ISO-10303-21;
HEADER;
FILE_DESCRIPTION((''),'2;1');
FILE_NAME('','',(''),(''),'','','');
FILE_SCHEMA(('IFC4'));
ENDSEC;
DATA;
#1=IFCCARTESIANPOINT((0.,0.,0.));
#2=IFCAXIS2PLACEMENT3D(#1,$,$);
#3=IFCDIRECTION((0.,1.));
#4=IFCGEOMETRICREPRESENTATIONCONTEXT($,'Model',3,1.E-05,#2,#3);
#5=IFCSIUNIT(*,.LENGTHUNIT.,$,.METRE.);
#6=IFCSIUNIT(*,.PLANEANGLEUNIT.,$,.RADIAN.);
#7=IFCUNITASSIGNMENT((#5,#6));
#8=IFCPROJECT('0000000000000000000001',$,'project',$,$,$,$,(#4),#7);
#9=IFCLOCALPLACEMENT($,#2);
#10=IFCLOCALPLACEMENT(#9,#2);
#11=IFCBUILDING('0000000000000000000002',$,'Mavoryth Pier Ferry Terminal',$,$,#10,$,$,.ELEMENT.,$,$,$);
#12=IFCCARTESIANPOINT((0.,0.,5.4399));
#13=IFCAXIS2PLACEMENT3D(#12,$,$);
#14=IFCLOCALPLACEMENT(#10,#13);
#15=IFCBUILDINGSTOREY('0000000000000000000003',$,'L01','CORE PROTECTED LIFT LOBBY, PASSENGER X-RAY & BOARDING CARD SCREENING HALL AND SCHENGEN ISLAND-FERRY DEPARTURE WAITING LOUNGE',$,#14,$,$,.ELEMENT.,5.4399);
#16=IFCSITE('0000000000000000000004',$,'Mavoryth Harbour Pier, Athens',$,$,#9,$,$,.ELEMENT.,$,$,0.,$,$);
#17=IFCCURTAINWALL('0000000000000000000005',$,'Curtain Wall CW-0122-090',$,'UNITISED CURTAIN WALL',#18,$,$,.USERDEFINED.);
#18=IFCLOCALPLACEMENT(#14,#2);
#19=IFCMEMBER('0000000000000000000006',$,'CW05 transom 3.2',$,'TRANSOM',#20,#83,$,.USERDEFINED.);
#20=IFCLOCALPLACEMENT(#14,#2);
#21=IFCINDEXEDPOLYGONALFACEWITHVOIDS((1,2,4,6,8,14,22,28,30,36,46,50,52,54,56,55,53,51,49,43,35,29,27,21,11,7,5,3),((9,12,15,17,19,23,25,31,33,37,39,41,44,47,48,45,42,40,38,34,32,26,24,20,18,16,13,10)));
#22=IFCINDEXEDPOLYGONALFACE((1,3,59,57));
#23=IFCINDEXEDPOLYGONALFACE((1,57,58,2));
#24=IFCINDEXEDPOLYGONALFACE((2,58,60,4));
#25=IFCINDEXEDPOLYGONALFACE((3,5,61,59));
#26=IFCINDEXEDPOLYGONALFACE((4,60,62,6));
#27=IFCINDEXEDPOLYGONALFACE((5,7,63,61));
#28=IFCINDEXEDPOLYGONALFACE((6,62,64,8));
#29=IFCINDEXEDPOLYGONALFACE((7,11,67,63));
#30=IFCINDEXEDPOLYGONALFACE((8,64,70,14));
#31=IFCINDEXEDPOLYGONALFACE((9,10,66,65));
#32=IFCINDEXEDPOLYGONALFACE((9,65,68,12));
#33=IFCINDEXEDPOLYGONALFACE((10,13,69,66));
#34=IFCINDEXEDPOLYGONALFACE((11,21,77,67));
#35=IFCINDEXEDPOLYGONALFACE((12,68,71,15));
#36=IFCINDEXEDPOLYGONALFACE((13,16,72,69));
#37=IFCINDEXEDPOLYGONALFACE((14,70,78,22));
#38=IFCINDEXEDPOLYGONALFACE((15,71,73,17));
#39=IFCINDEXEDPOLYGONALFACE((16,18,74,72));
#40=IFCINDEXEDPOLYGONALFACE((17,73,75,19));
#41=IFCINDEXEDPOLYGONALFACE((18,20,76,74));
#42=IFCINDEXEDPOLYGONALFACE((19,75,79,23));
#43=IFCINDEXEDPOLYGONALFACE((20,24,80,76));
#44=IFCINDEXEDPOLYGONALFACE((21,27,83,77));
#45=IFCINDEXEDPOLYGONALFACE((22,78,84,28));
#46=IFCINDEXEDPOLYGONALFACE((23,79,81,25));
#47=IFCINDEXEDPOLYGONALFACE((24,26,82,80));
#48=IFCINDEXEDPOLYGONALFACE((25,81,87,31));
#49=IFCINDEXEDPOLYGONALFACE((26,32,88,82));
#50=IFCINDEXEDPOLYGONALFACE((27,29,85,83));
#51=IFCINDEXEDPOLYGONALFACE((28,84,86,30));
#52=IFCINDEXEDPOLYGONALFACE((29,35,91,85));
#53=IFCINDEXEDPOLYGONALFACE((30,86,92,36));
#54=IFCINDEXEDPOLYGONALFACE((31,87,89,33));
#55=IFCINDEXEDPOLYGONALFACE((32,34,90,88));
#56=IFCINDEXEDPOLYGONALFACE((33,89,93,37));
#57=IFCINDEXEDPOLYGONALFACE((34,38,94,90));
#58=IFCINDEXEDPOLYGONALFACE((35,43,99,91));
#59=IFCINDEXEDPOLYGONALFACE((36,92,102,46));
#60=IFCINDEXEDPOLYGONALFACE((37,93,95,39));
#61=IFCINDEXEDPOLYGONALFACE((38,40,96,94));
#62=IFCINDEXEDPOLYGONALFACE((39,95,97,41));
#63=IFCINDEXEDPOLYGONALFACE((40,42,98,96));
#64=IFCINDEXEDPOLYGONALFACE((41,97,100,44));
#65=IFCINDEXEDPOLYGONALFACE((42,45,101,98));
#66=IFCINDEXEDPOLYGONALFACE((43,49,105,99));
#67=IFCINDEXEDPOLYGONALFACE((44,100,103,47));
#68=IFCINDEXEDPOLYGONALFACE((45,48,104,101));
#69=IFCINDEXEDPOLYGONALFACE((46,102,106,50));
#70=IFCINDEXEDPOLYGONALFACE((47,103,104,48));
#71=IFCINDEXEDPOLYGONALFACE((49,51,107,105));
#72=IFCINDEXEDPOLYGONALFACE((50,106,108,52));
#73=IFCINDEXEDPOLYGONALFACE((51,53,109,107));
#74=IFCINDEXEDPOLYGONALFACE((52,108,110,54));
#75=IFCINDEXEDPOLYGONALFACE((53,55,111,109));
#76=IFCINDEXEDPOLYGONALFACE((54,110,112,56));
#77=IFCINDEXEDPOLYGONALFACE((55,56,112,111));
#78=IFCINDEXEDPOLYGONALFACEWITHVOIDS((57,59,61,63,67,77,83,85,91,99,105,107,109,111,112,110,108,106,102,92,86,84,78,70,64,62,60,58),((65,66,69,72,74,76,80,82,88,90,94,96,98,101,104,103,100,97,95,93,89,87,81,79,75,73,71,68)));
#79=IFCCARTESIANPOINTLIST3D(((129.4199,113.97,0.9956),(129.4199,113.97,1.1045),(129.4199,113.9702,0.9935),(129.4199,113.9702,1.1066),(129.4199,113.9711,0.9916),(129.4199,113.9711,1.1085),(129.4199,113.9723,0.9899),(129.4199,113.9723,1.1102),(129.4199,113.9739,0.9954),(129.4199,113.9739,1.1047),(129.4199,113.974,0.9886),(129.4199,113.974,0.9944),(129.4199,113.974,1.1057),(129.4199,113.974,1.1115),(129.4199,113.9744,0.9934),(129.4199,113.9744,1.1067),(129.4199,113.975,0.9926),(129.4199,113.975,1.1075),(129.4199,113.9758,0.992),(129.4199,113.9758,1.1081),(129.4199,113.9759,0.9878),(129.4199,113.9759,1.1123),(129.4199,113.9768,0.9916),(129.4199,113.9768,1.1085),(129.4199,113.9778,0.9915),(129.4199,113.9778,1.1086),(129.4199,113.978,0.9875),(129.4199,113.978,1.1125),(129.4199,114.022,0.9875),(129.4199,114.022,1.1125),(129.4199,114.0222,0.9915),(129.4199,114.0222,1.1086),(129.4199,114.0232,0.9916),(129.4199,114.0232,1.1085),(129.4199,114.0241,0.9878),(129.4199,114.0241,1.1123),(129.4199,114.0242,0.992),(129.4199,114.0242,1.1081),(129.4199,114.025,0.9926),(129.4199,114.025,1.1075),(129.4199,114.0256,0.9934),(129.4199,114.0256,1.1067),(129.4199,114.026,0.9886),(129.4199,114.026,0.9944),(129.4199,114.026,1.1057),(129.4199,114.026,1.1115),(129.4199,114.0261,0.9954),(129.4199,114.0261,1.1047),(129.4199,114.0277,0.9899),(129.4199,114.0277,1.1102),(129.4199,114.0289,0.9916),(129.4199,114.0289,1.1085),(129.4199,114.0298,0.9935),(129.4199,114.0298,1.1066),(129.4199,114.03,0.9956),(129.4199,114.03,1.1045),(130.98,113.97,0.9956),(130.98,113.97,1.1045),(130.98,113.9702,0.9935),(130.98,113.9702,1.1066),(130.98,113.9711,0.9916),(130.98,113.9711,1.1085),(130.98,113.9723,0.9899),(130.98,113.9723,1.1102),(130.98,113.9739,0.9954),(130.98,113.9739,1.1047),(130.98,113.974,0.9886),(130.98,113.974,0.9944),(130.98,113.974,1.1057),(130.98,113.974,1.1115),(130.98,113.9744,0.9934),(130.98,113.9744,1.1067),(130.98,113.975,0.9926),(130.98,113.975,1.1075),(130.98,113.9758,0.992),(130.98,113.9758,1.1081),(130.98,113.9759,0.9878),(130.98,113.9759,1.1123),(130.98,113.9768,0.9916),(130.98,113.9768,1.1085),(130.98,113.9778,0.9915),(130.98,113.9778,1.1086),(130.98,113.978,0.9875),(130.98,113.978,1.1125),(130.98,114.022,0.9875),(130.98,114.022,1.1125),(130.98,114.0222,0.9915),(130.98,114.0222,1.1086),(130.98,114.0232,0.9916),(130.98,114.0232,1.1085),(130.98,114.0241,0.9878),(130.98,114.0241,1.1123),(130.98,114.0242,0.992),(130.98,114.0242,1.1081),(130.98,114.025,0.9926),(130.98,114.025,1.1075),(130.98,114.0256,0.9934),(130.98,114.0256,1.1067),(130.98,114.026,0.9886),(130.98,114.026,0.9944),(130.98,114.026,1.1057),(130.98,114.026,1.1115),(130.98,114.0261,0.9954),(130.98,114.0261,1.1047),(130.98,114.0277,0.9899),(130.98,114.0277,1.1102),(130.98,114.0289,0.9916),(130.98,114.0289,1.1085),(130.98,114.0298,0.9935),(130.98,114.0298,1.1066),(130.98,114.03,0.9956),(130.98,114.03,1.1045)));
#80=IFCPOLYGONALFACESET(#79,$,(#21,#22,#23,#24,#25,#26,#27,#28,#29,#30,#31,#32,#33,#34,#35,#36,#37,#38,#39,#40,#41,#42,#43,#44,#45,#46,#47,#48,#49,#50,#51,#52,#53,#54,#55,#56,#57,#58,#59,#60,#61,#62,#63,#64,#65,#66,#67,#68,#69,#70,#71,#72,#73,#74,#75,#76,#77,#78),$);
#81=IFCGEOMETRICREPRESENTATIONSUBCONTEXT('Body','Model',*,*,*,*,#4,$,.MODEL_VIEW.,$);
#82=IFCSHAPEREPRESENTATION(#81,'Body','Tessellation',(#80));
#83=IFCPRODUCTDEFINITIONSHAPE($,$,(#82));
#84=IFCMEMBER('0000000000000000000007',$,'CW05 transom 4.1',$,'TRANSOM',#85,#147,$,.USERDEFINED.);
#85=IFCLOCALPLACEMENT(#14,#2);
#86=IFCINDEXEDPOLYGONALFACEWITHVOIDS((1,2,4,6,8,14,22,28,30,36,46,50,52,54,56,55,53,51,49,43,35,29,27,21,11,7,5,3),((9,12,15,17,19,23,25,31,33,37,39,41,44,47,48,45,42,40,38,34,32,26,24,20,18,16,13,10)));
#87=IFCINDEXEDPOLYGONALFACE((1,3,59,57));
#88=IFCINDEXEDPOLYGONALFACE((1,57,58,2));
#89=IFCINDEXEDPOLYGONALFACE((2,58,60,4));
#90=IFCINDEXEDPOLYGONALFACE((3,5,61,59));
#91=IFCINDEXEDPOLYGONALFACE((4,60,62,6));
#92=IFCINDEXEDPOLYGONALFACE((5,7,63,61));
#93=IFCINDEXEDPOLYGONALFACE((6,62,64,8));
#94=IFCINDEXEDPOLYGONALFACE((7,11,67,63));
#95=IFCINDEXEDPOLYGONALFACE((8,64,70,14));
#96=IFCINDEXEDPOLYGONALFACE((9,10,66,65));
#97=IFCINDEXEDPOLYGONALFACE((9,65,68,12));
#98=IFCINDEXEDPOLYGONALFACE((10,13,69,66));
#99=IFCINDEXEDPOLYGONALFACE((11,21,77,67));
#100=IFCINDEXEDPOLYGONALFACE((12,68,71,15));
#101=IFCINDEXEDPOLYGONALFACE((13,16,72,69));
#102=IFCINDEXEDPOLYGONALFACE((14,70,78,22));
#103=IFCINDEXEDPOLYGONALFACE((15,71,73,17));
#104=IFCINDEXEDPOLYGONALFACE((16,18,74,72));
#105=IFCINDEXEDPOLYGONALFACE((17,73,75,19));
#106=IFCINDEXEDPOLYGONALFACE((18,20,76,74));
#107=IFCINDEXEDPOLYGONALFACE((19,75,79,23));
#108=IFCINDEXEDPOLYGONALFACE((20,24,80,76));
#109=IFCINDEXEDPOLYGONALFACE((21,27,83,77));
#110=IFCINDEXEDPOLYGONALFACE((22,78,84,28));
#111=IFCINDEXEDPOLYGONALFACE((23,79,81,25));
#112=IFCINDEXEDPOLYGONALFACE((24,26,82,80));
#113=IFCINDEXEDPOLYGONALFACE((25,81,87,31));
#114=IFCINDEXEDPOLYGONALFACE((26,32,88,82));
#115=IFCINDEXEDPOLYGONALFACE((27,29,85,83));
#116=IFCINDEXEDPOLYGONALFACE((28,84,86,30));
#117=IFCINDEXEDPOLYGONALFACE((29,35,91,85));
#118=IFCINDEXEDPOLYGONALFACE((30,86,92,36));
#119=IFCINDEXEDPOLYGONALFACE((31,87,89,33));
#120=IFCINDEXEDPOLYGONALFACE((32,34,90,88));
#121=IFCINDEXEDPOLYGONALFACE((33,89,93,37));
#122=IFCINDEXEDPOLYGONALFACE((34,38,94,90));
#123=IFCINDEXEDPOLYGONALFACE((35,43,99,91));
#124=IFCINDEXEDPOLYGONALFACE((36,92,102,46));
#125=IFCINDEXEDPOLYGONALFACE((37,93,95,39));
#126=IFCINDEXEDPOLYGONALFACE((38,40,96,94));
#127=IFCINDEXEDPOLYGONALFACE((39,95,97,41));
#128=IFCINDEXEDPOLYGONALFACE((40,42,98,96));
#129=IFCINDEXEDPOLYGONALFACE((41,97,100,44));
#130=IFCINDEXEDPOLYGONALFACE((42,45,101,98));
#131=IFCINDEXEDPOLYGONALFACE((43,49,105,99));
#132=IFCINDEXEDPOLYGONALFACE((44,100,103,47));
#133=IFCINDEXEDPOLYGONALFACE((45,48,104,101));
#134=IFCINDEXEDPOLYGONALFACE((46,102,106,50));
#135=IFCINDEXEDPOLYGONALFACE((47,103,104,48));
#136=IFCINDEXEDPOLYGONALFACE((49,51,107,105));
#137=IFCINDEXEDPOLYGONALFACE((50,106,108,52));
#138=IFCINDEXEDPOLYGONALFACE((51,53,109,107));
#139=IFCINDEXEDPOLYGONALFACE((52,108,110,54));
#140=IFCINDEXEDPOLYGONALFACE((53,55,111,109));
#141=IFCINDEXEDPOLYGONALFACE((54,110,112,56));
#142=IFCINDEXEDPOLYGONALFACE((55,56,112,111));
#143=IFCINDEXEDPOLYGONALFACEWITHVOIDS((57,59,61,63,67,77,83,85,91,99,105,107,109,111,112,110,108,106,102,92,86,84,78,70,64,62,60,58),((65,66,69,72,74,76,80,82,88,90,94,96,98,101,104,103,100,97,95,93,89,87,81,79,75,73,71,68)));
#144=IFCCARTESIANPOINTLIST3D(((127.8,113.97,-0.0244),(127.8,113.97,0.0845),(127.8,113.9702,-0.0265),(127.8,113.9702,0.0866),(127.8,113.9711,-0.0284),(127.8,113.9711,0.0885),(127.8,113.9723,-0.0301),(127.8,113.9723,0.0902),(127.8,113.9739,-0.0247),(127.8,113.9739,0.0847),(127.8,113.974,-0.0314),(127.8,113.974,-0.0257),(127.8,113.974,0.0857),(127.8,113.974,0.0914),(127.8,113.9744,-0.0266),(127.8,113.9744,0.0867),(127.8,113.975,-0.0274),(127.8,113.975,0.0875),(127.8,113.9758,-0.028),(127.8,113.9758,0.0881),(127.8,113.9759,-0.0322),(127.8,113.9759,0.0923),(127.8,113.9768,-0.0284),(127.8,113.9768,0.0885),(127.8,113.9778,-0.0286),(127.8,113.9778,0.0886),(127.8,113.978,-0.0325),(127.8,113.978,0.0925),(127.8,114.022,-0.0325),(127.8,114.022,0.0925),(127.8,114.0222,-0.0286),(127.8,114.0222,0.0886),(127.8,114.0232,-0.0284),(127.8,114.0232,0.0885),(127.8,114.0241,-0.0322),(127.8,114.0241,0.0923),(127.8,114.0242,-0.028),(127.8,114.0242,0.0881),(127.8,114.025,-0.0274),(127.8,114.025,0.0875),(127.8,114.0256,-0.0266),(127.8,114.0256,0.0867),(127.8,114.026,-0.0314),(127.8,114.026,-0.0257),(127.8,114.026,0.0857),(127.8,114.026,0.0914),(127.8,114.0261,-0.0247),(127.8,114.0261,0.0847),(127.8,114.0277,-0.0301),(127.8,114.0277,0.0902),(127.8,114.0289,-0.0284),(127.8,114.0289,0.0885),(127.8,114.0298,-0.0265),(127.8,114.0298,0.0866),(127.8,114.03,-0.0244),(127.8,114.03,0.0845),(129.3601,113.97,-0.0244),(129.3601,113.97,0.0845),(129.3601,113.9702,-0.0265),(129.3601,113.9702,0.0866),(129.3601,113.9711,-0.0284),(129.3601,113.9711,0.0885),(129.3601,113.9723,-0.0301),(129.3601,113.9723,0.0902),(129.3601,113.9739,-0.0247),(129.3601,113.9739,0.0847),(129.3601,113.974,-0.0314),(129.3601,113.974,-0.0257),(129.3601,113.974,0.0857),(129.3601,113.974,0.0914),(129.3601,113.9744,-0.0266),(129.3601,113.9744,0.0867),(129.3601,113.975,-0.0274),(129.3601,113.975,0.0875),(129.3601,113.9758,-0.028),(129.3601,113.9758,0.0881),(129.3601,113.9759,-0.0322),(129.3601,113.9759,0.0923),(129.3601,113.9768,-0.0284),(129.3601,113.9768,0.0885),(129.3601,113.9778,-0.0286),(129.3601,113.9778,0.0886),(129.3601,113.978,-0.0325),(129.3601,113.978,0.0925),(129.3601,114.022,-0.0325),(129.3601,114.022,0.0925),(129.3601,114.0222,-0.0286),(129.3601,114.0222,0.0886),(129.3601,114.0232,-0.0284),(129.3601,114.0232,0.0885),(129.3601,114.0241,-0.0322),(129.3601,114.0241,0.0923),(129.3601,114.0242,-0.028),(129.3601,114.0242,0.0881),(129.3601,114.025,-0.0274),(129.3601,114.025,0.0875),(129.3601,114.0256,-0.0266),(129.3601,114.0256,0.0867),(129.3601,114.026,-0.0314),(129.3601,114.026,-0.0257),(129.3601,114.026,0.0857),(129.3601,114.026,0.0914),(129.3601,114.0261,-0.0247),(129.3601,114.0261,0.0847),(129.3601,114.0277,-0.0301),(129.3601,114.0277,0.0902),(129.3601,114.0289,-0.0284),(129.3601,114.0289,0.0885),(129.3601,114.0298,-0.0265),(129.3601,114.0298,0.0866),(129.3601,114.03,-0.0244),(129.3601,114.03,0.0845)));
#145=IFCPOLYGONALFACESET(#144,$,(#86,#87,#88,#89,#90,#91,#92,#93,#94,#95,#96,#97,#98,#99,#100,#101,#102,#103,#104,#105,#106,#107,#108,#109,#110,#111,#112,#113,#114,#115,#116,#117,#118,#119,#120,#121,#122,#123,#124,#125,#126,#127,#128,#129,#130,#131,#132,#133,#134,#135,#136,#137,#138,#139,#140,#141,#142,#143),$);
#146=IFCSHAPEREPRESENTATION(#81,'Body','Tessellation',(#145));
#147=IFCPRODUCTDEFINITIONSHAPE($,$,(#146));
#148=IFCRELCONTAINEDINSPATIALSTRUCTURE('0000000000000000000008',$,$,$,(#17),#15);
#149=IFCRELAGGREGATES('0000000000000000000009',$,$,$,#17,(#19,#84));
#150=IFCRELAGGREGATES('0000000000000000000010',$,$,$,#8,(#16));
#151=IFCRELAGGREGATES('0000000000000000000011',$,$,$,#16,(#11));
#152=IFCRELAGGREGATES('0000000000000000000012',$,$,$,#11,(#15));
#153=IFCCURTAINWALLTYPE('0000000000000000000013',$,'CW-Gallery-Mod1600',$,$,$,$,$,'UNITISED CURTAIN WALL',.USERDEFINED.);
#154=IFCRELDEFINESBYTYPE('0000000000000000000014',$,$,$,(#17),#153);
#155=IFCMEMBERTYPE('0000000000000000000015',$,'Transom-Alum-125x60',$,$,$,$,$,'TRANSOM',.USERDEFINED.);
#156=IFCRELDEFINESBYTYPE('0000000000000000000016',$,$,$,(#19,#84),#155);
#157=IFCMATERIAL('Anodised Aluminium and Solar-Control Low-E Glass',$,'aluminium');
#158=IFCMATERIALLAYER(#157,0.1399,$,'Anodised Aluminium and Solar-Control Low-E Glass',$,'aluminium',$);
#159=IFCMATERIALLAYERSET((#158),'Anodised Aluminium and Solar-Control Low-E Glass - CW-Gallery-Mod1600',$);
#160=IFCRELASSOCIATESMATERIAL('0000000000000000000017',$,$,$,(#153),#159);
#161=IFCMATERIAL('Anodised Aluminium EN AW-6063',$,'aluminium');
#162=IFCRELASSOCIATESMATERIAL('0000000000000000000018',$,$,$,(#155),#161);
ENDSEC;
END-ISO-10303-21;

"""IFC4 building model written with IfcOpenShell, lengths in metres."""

from ifc_helpers import new_model, si_unit, direction, frame, origin, origin_2d, place, context, subcontext, project, spatial, hollow_rectangle, extrude, material, layer, layer_set, material_profile, profile_set, type_object, element, aggregate, save


model = new_model("IFC4")

# Units and contexts
model_context = context("Model", 3, precision=1e-05, world=origin(), true_north=direction((0.0, 1.0)))
body_context = subcontext(model_context, "Body", "Model", "MODEL_VIEW")
ifc_project = project(units=[si_unit("LENGTHUNIT", "METRE"), si_unit("PLANEANGLEUNIT", "RADIAN")], contexts=[model_context])

# Site, building, storey
site_placement = place(None, origin())
site = spatial("IfcSite", under=ifc_project, at=site_placement, Name="Mavoryth Harbour Pier, Athens", CompositionType="ELEMENT", RefElevation=0.0)
building_placement = place(site_placement, origin())
building = spatial("IfcBuilding", under=site, at=building_placement, Name="Mavoryth Pier Ferry Terminal", CompositionType="ELEMENT")
storey_placement = place(building_placement, frame((0.0, 0.0, 5.4399)))
storey = spatial("IfcBuildingStorey", under=building, at=storey_placement, Name="L01", Description="CORE PROTECTED LIFT LOBBY, PASSENGER X-RAY & BOARDING CARD SCREENING HALL AND SCHENGEN ISLAND-FERRY DEPARTURE WAITING LOUNGE", CompositionType="ELEMENT", Elevation=5.4399)

# Shared definitions
ifc_material_1 = material(Name="Anodised Aluminium and Solar-Control Low-E Glass", Category="aluminium")
ifc_layer_1 = layer(ifc_material_1, 0.1399, Name="Anodised Aluminium and Solar-Control Low-E Glass", Category="aluminium")
ifc_layer_set_1 = layer_set([ifc_layer_1], Name="Anodised Aluminium and Solar-Control Low-E Glass - CW-Gallery-Mod1600")
curtain_wall_type = type_object("IfcCurtainWallType", Name="CW-Gallery-Mod1600", ElementType="UNITISED CURTAIN WALL", PredefinedType="USERDEFINED", material=ifc_layer_set_1)
ifc_material_2 = material(Name="Anodised Aluminium EN AW-6063", Category="aluminium")

# Curtain wall
curtain_wall_1_placement = place(storey_placement, origin())
curtain_wall_1 = element("IfcCurtainWall", 1, at=curtain_wall_1_placement, inside=storey, type_object=curtain_wall_type, Name="Curtain Wall CW-0122-090", ObjectType="UNITISED CURTAIN WALL", PredefinedType="USERDEFINED")

# Members
ifc_material_profile_1 = material_profile(ifc_material_2, hollow_rectangle(XDim=0.0601, YDim=0.125, WallThickness=0.0039, InnerFilletRadius=0.0039, OuterFilletRadius=0.0081, at=origin_2d()), Name="AL-TRAN 125x60x4", Category="aluminium")
ifc_profile_set_1 = profile_set([ifc_material_profile_1], Name="Anodised Aluminium EN AW-6063 - AL-TRAN 125x60x4")
member_type_1 = type_object("IfcMemberType", Name="Transom-Alum-125x60", ElementType="TRANSOM", PredefinedType="USERDEFINED", material=ifc_profile_set_1)
member_1_placement = place(storey_placement, frame((130.98, 114.0, 1.05), z_axis=(-1.0, 0.0, 0.0), x_axis=(0.0, -1.0, 0.0)))
member_1 = element("IfcMember", 2, at=member_1_placement, type_object=member_type_1, Name="CW05 transom 3.2", ObjectType="TRANSOM", PredefinedType="USERDEFINED", context=body_context, shape_type="SweptSolid", body=[
    extrude(hollow_rectangle(XDim=0.0601, YDim=0.125, WallThickness=0.0039, InnerFilletRadius=0.0039, OuterFilletRadius=0.0081, at=origin_2d()), origin(), (0.0, 0.0, 1.0), 1.5601),
])
member_2_placement = place(storey_placement, frame((129.3601, 114.0, 0.03), z_axis=(-1.0, 0.0, 0.0), x_axis=(0.0, -1.0, 0.0)))
member_2 = element("IfcMember", 3, at=member_2_placement, type_object=member_type_1, Name="CW05 transom 4.1", ObjectType="TRANSOM", PredefinedType="USERDEFINED", context=body_context, shape_type="SweptSolid", body=[
    extrude(hollow_rectangle(XDim=0.0601, YDim=0.125, WallThickness=0.0039, InnerFilletRadius=0.0039, OuterFilletRadius=0.0081, at=origin_2d()), origin(), (0.0, 0.0, 1.0), 1.5601),
])

aggregate(curtain_wall_1, [member_1, member_2])

save(model, "model.ifc")
